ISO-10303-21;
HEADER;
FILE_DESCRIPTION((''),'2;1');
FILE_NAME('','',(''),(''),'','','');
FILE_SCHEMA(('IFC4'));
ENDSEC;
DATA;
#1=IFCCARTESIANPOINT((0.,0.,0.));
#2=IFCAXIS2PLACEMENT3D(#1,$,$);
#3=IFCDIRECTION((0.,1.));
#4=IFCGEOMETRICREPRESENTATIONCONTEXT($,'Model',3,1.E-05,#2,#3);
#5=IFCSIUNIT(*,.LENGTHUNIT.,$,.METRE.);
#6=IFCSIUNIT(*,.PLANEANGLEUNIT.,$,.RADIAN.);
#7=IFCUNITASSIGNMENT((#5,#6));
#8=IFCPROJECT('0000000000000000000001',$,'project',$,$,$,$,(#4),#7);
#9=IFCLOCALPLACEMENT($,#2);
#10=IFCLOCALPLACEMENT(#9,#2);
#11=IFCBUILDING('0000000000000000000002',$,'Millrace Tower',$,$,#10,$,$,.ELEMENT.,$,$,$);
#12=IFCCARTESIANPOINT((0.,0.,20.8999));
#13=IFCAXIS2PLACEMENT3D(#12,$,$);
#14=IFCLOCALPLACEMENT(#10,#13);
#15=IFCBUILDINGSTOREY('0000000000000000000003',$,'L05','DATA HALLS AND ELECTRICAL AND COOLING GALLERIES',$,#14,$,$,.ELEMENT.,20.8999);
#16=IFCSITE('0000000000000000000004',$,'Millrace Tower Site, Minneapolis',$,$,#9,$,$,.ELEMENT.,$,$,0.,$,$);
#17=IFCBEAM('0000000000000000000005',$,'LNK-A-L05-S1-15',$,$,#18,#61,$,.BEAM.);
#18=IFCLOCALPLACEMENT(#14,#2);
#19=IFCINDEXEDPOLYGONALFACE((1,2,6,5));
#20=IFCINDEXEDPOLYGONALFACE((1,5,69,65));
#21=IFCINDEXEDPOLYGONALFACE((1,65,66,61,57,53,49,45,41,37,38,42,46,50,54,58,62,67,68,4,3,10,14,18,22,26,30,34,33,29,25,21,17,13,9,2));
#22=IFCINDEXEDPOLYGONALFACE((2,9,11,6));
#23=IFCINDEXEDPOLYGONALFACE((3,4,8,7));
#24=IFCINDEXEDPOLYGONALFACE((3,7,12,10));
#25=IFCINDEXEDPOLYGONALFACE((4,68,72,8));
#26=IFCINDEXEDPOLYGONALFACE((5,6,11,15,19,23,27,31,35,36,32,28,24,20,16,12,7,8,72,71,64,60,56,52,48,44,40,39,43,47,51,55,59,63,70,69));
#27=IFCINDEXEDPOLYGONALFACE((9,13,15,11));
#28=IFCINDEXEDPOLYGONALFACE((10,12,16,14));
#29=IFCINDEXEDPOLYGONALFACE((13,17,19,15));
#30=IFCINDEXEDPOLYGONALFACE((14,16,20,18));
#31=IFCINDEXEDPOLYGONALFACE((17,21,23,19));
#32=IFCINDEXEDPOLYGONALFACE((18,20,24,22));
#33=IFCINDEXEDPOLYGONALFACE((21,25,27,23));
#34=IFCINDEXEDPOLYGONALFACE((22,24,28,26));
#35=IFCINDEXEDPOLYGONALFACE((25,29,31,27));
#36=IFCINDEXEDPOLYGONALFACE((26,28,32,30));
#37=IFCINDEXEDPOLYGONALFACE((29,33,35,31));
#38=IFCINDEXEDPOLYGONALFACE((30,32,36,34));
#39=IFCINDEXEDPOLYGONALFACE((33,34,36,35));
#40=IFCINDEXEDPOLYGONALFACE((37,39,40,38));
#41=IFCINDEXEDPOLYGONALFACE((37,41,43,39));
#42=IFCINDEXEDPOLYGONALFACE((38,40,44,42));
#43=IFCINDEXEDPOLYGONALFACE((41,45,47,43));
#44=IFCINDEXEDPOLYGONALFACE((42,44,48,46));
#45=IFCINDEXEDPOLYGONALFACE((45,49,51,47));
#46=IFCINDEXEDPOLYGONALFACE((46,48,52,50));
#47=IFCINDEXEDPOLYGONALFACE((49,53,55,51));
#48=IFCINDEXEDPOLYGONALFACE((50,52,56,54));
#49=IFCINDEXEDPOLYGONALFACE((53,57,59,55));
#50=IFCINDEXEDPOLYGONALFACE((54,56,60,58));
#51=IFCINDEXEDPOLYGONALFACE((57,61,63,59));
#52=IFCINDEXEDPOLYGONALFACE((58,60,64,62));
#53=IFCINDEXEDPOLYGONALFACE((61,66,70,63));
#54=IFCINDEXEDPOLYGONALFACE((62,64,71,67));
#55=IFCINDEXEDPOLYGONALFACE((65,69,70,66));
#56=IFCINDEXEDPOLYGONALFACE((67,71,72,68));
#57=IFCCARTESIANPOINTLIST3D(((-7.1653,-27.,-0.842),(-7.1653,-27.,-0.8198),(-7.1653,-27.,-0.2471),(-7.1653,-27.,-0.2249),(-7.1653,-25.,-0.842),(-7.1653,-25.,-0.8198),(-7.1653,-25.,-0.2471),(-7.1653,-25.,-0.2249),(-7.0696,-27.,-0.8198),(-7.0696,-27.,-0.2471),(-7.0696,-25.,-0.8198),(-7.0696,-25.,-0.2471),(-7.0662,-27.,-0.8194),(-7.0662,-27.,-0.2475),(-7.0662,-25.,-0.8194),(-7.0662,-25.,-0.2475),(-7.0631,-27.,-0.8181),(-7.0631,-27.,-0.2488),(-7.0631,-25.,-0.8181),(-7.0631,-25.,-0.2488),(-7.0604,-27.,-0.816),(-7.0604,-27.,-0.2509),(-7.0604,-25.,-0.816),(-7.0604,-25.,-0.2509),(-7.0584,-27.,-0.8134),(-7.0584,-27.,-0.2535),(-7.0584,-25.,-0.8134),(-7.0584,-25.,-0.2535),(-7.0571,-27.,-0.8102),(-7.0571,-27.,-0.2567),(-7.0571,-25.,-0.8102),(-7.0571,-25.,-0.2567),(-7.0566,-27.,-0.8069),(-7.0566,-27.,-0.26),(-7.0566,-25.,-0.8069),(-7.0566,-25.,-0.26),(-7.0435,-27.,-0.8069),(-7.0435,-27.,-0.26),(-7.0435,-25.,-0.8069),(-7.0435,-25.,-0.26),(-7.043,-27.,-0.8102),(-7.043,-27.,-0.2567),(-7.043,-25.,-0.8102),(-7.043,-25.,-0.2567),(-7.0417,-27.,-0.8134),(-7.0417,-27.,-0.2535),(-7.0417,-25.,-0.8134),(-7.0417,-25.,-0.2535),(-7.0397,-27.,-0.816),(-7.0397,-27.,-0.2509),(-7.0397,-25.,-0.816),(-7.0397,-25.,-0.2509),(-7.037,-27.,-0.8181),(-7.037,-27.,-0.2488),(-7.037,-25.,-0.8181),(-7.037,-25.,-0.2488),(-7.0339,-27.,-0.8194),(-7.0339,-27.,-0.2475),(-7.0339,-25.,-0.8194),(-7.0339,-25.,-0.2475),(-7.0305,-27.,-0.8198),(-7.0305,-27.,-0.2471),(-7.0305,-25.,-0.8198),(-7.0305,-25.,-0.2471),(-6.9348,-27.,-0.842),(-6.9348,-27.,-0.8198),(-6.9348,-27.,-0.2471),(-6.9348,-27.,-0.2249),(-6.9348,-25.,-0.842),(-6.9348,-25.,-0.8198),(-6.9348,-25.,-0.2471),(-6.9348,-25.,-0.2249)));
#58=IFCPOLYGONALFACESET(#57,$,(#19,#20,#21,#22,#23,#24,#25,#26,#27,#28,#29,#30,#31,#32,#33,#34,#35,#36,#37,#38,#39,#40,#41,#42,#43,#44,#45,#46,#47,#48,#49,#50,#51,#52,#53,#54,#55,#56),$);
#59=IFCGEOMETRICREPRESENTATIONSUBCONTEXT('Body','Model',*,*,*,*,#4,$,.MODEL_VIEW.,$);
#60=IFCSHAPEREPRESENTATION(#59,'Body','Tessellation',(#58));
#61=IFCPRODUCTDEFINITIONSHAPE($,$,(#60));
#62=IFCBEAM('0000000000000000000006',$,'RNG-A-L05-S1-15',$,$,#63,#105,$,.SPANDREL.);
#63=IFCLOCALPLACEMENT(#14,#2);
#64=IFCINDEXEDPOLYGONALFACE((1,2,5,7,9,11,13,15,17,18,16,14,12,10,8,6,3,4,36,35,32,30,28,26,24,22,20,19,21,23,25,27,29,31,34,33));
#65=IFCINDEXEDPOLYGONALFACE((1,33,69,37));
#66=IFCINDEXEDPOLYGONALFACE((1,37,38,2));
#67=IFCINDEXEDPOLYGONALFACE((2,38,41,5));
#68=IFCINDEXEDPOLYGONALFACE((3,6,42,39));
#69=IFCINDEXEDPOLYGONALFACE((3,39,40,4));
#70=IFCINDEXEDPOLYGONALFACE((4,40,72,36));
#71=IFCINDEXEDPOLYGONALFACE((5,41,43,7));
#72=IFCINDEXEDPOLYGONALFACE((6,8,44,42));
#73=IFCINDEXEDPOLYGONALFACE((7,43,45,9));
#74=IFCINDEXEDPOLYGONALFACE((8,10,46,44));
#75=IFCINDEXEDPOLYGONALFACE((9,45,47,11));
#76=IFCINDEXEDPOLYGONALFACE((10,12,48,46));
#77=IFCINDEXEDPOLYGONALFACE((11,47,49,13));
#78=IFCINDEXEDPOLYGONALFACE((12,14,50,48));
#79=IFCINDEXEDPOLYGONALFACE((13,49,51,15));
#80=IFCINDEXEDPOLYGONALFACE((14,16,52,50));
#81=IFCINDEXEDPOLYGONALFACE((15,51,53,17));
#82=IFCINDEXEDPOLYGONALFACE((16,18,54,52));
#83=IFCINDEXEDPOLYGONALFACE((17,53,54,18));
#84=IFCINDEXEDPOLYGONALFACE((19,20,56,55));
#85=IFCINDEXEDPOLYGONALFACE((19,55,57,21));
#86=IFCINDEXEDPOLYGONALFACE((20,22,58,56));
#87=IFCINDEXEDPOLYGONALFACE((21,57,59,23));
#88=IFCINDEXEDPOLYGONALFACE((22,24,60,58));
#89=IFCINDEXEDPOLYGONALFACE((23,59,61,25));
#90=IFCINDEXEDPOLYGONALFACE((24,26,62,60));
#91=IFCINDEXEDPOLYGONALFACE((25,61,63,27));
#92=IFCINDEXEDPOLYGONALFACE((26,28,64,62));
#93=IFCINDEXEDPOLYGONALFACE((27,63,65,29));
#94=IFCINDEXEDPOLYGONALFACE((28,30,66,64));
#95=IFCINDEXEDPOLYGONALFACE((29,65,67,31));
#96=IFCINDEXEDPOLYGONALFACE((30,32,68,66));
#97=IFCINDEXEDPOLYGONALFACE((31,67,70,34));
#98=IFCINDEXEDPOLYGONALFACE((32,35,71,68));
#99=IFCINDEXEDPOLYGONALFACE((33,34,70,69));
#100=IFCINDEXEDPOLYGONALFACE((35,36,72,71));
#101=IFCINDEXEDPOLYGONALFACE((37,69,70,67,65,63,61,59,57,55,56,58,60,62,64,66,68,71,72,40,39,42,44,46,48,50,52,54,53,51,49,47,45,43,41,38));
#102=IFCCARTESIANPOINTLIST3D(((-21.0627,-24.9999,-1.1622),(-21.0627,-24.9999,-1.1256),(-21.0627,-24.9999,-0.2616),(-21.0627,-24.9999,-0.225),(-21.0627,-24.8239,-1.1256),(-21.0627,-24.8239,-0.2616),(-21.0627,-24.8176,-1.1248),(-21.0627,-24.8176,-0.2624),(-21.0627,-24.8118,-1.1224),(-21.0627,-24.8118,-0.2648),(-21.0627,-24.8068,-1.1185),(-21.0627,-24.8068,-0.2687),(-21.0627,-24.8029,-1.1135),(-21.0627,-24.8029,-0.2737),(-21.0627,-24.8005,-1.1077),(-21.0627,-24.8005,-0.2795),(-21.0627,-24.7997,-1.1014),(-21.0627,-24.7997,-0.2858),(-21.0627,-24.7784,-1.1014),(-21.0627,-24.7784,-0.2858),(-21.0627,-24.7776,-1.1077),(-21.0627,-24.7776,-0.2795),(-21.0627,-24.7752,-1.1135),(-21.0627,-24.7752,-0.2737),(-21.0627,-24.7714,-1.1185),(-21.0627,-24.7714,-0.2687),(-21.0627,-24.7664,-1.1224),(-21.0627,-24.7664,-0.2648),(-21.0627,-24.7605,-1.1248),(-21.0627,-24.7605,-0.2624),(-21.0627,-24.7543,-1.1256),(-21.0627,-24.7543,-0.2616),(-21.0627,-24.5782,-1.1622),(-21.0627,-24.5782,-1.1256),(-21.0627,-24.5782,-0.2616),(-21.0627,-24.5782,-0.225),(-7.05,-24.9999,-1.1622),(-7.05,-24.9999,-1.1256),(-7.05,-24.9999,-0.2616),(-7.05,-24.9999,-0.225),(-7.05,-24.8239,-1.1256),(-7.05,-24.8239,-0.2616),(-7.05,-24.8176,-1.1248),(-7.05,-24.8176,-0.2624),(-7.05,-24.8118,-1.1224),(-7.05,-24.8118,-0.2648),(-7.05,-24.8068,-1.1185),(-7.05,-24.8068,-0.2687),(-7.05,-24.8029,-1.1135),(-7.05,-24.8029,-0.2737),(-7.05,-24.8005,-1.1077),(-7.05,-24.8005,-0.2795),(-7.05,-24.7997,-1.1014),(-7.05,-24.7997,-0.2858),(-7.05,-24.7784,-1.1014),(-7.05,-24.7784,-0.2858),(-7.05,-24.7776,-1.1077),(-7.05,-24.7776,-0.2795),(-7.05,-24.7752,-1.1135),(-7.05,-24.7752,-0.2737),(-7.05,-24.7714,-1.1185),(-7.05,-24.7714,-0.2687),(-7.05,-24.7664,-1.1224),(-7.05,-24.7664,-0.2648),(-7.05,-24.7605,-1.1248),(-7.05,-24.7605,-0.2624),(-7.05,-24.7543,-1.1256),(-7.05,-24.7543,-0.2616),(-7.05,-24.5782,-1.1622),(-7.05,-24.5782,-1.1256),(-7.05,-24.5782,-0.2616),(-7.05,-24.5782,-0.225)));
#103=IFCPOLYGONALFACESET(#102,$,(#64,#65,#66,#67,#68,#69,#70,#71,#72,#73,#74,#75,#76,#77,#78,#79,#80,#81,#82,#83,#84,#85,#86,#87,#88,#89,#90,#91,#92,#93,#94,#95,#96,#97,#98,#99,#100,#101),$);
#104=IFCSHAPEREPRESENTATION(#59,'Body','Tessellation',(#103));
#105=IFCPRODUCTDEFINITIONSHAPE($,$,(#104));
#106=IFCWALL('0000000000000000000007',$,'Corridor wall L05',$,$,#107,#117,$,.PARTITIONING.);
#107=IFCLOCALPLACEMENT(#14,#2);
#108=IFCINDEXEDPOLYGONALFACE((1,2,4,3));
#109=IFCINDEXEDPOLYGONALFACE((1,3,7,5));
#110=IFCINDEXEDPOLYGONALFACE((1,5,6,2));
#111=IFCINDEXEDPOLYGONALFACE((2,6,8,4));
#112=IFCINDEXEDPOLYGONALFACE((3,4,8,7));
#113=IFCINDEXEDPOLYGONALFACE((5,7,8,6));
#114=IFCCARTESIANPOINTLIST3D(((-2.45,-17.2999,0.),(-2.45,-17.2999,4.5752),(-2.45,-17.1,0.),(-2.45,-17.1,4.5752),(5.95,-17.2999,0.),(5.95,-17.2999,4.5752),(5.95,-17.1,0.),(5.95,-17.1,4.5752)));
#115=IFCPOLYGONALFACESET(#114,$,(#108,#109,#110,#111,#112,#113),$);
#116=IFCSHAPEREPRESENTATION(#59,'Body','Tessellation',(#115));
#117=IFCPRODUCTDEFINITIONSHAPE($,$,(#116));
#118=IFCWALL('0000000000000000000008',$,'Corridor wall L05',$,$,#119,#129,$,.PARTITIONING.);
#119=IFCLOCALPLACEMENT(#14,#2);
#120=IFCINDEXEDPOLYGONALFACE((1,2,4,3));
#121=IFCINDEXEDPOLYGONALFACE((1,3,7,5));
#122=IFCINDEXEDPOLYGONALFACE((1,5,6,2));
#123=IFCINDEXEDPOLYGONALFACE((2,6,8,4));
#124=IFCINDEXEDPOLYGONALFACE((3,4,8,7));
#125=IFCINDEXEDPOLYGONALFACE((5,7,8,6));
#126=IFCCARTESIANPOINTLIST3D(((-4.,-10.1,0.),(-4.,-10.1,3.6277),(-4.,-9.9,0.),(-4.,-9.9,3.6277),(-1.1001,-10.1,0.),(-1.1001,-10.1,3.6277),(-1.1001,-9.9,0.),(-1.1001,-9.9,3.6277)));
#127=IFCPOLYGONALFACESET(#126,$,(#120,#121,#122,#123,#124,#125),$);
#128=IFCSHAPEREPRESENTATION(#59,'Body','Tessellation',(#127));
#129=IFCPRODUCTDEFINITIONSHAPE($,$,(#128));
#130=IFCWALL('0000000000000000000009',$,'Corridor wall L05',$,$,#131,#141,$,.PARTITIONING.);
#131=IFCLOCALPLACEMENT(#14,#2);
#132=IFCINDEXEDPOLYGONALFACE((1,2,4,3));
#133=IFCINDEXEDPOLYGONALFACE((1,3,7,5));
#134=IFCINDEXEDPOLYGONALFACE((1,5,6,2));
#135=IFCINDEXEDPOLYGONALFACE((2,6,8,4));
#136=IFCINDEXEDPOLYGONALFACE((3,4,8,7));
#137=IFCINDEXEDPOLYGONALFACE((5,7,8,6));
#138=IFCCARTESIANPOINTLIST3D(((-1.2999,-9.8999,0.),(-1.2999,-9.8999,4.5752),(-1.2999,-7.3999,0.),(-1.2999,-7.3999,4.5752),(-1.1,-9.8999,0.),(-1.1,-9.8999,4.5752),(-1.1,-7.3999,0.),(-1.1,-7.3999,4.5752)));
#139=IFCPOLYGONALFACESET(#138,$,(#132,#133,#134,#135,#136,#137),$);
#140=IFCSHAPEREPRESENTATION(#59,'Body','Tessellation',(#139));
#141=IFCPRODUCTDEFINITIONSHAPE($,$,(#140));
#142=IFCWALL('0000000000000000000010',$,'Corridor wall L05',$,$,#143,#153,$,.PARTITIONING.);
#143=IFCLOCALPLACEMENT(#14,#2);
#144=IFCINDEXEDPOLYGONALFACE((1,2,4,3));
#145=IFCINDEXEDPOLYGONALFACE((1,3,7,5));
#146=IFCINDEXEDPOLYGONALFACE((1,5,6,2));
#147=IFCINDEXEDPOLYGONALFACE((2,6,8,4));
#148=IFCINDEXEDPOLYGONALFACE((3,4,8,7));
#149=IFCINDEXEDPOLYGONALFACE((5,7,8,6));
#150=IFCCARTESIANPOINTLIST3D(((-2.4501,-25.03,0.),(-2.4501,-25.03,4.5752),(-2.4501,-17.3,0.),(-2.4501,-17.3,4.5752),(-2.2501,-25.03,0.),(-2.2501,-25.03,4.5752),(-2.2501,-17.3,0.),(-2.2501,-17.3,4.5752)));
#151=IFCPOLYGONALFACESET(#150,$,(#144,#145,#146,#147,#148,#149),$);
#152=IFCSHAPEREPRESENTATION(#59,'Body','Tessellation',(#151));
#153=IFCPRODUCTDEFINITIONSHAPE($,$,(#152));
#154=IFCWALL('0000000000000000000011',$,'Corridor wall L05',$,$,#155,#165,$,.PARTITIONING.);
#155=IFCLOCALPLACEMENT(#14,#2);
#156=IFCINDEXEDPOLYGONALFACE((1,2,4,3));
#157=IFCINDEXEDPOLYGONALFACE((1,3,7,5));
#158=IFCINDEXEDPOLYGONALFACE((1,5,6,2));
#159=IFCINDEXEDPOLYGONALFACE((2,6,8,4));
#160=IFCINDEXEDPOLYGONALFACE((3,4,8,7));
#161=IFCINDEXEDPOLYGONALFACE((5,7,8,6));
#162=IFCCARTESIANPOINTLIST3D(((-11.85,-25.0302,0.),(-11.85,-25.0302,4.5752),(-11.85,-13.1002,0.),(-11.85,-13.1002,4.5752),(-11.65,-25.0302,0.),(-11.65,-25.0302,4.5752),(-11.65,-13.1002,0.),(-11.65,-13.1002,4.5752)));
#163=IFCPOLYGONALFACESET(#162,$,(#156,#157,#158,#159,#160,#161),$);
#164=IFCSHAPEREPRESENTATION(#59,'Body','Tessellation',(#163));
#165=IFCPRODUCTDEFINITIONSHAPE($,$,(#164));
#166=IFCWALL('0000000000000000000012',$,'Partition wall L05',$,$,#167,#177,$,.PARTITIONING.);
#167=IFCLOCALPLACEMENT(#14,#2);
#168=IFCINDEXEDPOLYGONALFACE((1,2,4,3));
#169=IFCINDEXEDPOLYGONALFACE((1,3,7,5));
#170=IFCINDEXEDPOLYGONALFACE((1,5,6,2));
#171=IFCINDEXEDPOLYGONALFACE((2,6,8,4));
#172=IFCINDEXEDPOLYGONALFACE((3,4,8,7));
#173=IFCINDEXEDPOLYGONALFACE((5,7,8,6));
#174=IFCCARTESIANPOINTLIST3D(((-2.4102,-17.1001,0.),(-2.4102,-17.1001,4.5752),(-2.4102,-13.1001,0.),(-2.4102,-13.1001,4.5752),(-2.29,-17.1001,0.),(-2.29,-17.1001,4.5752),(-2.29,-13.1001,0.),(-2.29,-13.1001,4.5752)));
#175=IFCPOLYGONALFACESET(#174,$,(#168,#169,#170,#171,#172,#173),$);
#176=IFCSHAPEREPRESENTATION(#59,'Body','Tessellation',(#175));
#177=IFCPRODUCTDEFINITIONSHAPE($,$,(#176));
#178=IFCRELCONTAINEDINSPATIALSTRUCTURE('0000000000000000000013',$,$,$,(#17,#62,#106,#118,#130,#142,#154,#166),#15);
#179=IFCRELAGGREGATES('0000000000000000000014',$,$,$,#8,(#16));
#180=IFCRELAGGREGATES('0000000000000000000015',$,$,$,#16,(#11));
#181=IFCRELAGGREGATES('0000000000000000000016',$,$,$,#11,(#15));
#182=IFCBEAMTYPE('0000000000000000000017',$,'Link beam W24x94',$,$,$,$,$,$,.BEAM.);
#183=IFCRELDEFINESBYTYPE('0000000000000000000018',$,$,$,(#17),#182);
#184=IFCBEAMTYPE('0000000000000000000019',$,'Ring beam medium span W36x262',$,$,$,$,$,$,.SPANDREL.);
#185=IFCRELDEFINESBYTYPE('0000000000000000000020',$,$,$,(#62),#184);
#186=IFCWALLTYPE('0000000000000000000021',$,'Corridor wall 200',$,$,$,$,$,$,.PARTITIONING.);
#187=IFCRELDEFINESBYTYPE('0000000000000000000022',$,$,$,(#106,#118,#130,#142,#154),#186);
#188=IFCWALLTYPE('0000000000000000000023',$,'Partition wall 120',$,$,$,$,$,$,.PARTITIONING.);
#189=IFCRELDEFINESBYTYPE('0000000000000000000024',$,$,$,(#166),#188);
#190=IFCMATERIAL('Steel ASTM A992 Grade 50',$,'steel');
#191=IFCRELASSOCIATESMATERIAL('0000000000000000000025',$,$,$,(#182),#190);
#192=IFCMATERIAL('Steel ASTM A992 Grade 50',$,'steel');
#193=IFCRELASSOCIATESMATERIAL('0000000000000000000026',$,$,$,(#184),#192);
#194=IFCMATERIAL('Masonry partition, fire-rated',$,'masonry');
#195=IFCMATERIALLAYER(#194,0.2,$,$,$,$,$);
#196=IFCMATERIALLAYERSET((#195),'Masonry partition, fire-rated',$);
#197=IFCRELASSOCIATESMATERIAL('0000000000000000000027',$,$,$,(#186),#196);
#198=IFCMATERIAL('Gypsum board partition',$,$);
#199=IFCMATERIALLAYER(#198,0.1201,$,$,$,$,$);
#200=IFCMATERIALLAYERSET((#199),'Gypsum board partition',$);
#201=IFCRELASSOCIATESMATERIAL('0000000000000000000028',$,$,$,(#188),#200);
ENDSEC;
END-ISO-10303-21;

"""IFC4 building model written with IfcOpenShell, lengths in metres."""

from ifc_helpers import new_model, si_unit, direction, frame, frame_2d, origin, origin_2d, place, context, subcontext, project, spatial, rectangle, i_section, extrude, material, layer, layer_set, material_profile, profile_set, type_object, element, save


model = new_model("IFC4")

# Units and contexts
model_context = context("Model", 3, precision=1e-05, world=origin(), true_north=direction((0.0, 1.0)))
body_context = subcontext(model_context, "Body", "Model", "MODEL_VIEW")
ifc_project = project(units=[si_unit("LENGTHUNIT", "METRE"), si_unit("PLANEANGLEUNIT", "RADIAN")], contexts=[model_context])

# Site, building, storey
site_placement = place(None, origin())
site = spatial("IfcSite", under=ifc_project, at=site_placement, Name="Millrace Tower Site, Minneapolis", CompositionType="ELEMENT", RefElevation=0.0)
building_placement = place(site_placement, origin())
building = spatial("IfcBuilding", under=site, at=building_placement, Name="Millrace Tower", CompositionType="ELEMENT")
storey_placement = place(building_placement, frame((0.0, 0.0, 20.8999)))
storey = spatial("IfcBuildingStorey", under=building, at=storey_placement, Name="L05", Description="DATA HALLS AND ELECTRICAL AND COOLING GALLERIES", CompositionType="ELEMENT", Elevation=20.8999)

# Beams
ifc_material_1 = material(Name="Steel ASTM A992 Grade 50", Category="steel")
ifc_material_profile_1 = material_profile(ifc_material_1, i_section(OverallWidth=0.2305, OverallDepth=0.6172, WebThickness=0.0132, FlangeThickness=0.0222, FilletRadius=0.0129, at=origin_2d()))
ifc_profile_set_1 = profile_set([ifc_material_profile_1], Name="Steel ASTM A992 Grade 50")
beam_type_1 = type_object("IfcBeamType", Name="Link beam W24x94", PredefinedType="BEAM", material=ifc_profile_set_1)
beam_1_placement = place(storey_placement, frame((-7.05, -25.0, -0.5334), z_axis=(0.0, -1.0, 0.0), x_axis=(1.0, 0.0, 0.0)))
element("IfcBeam", 1, at=beam_1_placement, inside=storey, type_object=beam_type_1, Name="LNK-A-L05-S1-15", PredefinedType="BEAM", context=body_context, shape_type="SweptSolid", body=[
    extrude(i_section(OverallWidth=0.2305, OverallDepth=0.6172, WebThickness=0.0132, FlangeThickness=0.0222, FilletRadius=0.0129, at=origin_2d()), origin(), (0.0, 0.0, 1.0), 2.0),
])
ifc_material_2 = material(Name="Steel ASTM A992 Grade 50", Category="steel")
ifc_material_profile_2 = material_profile(ifc_material_2, i_section(OverallWidth=0.4216, OverallDepth=0.9373, WebThickness=0.0212, FlangeThickness=0.0366, FilletRadius=0.0242, at=origin_2d()))
ifc_profile_set_2 = profile_set([ifc_material_profile_2], Name="Steel ASTM A992 Grade 50")
beam_type_2 = type_object("IfcBeamType", Name="Ring beam medium span W36x262", PredefinedType="SPANDREL", material=ifc_profile_set_2)
beam_2_placement = place(storey_placement, frame((-7.05, -24.7891, -0.6936), z_axis=(-1.0, 0.0, 0.0), x_axis=(0.0, -1.0, 0.0)))
element("IfcBeam", 2, at=beam_2_placement, inside=storey, type_object=beam_type_2, Name="RNG-A-L05-S1-15", PredefinedType="SPANDREL", context=body_context, shape_type="SweptSolid", body=[
    extrude(i_section(OverallWidth=0.4216, OverallDepth=0.9373, WebThickness=0.0212, FlangeThickness=0.0366, FilletRadius=0.0242, at=origin_2d()), origin(), (0.0, 0.0, 1.0), 14.0127),
])

# Walls
ifc_material_3 = material(Name="Masonry partition, fire-rated", Category="masonry")
ifc_layer_1 = layer(ifc_material_3, 0.2)
ifc_layer_set_1 = layer_set([ifc_layer_1], Name="Masonry partition, fire-rated")
wall_type_1 = type_object("IfcWallType", Name="Corridor wall 200", PredefinedType="PARTITIONING", material=ifc_layer_set_1)
wall_1_placement = place(storey_placement, frame((-2.45, -17.2, 0.0), z_axis=(0.0, 0.0, 1.0), x_axis=(1.0, 0.0, 0.0)))
element("IfcWall", 3, at=wall_1_placement, inside=storey, type_object=wall_type_1, Name="Corridor wall L05", PredefinedType="PARTITIONING", context=body_context, shape_type="SweptSolid", body=[
    extrude(rectangle(XDim=8.3999, YDim=0.2, at=frame_2d((4.2, 0.0))), origin(), (0.0, 0.0, 1.0), 4.5752),
])
wall_2_placement = place(storey_placement, frame((-4.0, -10.0, 0.0), z_axis=(0.0, 0.0, 1.0), x_axis=(1.0, 0.0, 0.0)))
element("IfcWall", 4, at=wall_2_placement, inside=storey, type_object=wall_type_1, Name="Corridor wall L05", PredefinedType="PARTITIONING", context=body_context, shape_type="SweptSolid", body=[
    extrude(rectangle(XDim=2.8999, YDim=0.2, at=frame_2d((1.45, 0.0))), origin(), (0.0, 0.0, 1.0), 3.6277),
])
wall_3_placement = place(storey_placement, frame((-1.2, -9.8999, 0.0), z_axis=(0.0, 0.0, 1.0), x_axis=(0.0, 1.0, 0.0)))
element("IfcWall", 5, at=wall_3_placement, inside=storey, type_object=wall_type_1, Name="Corridor wall L05", PredefinedType="PARTITIONING", context=body_context, shape_type="SweptSolid", body=[
    extrude(rectangle(XDim=2.5, YDim=0.2, at=frame_2d((1.25, 0.0))), origin(), (0.0, 0.0, 1.0), 4.5752),
])
wall_4_placement = place(storey_placement, frame((-2.3501, -25.03, 0.0), z_axis=(0.0, 0.0, 1.0), x_axis=(0.0, 1.0, 0.0)))
element("IfcWall", 6, at=wall_4_placement, inside=storey, type_object=wall_type_1, Name="Corridor wall L05", PredefinedType="PARTITIONING", context=body_context, shape_type="SweptSolid", body=[
    extrude(rectangle(XDim=7.73, YDim=0.2, at=frame_2d((3.865, 0.0))), origin(), (0.0, 0.0, 1.0), 4.5752),
])
wall_5_placement = place(storey_placement, frame((-11.75, -25.03, 0.0), z_axis=(0.0, 0.0, 1.0), x_axis=(0.0, 1.0, 0.0)))
element("IfcWall", 7, at=wall_5_placement, inside=storey, type_object=wall_type_1, Name="Corridor wall L05", PredefinedType="PARTITIONING", context=body_context, shape_type="SweptSolid", body=[
    extrude(rectangle(XDim=11.9299, YDim=0.2, at=frame_2d((5.9648, 0.0))), origin(), (0.0, 0.0, 1.0), 4.5752),
])
ifc_material_4 = material(Name="Gypsum board partition")
ifc_layer_2 = layer(ifc_material_4, 0.1201)
ifc_layer_set_2 = layer_set([ifc_layer_2], Name="Gypsum board partition")
wall_type_2 = type_object("IfcWallType", Name="Partition wall 120", PredefinedType="PARTITIONING", material=ifc_layer_set_2)
wall_6_placement = place(storey_placement, frame((-2.3501, -17.1001, 0.0), z_axis=(0.0, 0.0, 1.0), x_axis=(0.0, 1.0, 0.0)))
element("IfcWall", 8, at=wall_6_placement, inside=storey, type_object=wall_type_2, Name="Partition wall L05", PredefinedType="PARTITIONING", context=body_context, shape_type="SweptSolid", body=[
    extrude(rectangle(XDim=4.0, YDim=0.1201, at=frame_2d((2.0, 0.0))), origin(), (0.0, 0.0, 1.0), 4.5752),
])

save(model, "model.ifc")
